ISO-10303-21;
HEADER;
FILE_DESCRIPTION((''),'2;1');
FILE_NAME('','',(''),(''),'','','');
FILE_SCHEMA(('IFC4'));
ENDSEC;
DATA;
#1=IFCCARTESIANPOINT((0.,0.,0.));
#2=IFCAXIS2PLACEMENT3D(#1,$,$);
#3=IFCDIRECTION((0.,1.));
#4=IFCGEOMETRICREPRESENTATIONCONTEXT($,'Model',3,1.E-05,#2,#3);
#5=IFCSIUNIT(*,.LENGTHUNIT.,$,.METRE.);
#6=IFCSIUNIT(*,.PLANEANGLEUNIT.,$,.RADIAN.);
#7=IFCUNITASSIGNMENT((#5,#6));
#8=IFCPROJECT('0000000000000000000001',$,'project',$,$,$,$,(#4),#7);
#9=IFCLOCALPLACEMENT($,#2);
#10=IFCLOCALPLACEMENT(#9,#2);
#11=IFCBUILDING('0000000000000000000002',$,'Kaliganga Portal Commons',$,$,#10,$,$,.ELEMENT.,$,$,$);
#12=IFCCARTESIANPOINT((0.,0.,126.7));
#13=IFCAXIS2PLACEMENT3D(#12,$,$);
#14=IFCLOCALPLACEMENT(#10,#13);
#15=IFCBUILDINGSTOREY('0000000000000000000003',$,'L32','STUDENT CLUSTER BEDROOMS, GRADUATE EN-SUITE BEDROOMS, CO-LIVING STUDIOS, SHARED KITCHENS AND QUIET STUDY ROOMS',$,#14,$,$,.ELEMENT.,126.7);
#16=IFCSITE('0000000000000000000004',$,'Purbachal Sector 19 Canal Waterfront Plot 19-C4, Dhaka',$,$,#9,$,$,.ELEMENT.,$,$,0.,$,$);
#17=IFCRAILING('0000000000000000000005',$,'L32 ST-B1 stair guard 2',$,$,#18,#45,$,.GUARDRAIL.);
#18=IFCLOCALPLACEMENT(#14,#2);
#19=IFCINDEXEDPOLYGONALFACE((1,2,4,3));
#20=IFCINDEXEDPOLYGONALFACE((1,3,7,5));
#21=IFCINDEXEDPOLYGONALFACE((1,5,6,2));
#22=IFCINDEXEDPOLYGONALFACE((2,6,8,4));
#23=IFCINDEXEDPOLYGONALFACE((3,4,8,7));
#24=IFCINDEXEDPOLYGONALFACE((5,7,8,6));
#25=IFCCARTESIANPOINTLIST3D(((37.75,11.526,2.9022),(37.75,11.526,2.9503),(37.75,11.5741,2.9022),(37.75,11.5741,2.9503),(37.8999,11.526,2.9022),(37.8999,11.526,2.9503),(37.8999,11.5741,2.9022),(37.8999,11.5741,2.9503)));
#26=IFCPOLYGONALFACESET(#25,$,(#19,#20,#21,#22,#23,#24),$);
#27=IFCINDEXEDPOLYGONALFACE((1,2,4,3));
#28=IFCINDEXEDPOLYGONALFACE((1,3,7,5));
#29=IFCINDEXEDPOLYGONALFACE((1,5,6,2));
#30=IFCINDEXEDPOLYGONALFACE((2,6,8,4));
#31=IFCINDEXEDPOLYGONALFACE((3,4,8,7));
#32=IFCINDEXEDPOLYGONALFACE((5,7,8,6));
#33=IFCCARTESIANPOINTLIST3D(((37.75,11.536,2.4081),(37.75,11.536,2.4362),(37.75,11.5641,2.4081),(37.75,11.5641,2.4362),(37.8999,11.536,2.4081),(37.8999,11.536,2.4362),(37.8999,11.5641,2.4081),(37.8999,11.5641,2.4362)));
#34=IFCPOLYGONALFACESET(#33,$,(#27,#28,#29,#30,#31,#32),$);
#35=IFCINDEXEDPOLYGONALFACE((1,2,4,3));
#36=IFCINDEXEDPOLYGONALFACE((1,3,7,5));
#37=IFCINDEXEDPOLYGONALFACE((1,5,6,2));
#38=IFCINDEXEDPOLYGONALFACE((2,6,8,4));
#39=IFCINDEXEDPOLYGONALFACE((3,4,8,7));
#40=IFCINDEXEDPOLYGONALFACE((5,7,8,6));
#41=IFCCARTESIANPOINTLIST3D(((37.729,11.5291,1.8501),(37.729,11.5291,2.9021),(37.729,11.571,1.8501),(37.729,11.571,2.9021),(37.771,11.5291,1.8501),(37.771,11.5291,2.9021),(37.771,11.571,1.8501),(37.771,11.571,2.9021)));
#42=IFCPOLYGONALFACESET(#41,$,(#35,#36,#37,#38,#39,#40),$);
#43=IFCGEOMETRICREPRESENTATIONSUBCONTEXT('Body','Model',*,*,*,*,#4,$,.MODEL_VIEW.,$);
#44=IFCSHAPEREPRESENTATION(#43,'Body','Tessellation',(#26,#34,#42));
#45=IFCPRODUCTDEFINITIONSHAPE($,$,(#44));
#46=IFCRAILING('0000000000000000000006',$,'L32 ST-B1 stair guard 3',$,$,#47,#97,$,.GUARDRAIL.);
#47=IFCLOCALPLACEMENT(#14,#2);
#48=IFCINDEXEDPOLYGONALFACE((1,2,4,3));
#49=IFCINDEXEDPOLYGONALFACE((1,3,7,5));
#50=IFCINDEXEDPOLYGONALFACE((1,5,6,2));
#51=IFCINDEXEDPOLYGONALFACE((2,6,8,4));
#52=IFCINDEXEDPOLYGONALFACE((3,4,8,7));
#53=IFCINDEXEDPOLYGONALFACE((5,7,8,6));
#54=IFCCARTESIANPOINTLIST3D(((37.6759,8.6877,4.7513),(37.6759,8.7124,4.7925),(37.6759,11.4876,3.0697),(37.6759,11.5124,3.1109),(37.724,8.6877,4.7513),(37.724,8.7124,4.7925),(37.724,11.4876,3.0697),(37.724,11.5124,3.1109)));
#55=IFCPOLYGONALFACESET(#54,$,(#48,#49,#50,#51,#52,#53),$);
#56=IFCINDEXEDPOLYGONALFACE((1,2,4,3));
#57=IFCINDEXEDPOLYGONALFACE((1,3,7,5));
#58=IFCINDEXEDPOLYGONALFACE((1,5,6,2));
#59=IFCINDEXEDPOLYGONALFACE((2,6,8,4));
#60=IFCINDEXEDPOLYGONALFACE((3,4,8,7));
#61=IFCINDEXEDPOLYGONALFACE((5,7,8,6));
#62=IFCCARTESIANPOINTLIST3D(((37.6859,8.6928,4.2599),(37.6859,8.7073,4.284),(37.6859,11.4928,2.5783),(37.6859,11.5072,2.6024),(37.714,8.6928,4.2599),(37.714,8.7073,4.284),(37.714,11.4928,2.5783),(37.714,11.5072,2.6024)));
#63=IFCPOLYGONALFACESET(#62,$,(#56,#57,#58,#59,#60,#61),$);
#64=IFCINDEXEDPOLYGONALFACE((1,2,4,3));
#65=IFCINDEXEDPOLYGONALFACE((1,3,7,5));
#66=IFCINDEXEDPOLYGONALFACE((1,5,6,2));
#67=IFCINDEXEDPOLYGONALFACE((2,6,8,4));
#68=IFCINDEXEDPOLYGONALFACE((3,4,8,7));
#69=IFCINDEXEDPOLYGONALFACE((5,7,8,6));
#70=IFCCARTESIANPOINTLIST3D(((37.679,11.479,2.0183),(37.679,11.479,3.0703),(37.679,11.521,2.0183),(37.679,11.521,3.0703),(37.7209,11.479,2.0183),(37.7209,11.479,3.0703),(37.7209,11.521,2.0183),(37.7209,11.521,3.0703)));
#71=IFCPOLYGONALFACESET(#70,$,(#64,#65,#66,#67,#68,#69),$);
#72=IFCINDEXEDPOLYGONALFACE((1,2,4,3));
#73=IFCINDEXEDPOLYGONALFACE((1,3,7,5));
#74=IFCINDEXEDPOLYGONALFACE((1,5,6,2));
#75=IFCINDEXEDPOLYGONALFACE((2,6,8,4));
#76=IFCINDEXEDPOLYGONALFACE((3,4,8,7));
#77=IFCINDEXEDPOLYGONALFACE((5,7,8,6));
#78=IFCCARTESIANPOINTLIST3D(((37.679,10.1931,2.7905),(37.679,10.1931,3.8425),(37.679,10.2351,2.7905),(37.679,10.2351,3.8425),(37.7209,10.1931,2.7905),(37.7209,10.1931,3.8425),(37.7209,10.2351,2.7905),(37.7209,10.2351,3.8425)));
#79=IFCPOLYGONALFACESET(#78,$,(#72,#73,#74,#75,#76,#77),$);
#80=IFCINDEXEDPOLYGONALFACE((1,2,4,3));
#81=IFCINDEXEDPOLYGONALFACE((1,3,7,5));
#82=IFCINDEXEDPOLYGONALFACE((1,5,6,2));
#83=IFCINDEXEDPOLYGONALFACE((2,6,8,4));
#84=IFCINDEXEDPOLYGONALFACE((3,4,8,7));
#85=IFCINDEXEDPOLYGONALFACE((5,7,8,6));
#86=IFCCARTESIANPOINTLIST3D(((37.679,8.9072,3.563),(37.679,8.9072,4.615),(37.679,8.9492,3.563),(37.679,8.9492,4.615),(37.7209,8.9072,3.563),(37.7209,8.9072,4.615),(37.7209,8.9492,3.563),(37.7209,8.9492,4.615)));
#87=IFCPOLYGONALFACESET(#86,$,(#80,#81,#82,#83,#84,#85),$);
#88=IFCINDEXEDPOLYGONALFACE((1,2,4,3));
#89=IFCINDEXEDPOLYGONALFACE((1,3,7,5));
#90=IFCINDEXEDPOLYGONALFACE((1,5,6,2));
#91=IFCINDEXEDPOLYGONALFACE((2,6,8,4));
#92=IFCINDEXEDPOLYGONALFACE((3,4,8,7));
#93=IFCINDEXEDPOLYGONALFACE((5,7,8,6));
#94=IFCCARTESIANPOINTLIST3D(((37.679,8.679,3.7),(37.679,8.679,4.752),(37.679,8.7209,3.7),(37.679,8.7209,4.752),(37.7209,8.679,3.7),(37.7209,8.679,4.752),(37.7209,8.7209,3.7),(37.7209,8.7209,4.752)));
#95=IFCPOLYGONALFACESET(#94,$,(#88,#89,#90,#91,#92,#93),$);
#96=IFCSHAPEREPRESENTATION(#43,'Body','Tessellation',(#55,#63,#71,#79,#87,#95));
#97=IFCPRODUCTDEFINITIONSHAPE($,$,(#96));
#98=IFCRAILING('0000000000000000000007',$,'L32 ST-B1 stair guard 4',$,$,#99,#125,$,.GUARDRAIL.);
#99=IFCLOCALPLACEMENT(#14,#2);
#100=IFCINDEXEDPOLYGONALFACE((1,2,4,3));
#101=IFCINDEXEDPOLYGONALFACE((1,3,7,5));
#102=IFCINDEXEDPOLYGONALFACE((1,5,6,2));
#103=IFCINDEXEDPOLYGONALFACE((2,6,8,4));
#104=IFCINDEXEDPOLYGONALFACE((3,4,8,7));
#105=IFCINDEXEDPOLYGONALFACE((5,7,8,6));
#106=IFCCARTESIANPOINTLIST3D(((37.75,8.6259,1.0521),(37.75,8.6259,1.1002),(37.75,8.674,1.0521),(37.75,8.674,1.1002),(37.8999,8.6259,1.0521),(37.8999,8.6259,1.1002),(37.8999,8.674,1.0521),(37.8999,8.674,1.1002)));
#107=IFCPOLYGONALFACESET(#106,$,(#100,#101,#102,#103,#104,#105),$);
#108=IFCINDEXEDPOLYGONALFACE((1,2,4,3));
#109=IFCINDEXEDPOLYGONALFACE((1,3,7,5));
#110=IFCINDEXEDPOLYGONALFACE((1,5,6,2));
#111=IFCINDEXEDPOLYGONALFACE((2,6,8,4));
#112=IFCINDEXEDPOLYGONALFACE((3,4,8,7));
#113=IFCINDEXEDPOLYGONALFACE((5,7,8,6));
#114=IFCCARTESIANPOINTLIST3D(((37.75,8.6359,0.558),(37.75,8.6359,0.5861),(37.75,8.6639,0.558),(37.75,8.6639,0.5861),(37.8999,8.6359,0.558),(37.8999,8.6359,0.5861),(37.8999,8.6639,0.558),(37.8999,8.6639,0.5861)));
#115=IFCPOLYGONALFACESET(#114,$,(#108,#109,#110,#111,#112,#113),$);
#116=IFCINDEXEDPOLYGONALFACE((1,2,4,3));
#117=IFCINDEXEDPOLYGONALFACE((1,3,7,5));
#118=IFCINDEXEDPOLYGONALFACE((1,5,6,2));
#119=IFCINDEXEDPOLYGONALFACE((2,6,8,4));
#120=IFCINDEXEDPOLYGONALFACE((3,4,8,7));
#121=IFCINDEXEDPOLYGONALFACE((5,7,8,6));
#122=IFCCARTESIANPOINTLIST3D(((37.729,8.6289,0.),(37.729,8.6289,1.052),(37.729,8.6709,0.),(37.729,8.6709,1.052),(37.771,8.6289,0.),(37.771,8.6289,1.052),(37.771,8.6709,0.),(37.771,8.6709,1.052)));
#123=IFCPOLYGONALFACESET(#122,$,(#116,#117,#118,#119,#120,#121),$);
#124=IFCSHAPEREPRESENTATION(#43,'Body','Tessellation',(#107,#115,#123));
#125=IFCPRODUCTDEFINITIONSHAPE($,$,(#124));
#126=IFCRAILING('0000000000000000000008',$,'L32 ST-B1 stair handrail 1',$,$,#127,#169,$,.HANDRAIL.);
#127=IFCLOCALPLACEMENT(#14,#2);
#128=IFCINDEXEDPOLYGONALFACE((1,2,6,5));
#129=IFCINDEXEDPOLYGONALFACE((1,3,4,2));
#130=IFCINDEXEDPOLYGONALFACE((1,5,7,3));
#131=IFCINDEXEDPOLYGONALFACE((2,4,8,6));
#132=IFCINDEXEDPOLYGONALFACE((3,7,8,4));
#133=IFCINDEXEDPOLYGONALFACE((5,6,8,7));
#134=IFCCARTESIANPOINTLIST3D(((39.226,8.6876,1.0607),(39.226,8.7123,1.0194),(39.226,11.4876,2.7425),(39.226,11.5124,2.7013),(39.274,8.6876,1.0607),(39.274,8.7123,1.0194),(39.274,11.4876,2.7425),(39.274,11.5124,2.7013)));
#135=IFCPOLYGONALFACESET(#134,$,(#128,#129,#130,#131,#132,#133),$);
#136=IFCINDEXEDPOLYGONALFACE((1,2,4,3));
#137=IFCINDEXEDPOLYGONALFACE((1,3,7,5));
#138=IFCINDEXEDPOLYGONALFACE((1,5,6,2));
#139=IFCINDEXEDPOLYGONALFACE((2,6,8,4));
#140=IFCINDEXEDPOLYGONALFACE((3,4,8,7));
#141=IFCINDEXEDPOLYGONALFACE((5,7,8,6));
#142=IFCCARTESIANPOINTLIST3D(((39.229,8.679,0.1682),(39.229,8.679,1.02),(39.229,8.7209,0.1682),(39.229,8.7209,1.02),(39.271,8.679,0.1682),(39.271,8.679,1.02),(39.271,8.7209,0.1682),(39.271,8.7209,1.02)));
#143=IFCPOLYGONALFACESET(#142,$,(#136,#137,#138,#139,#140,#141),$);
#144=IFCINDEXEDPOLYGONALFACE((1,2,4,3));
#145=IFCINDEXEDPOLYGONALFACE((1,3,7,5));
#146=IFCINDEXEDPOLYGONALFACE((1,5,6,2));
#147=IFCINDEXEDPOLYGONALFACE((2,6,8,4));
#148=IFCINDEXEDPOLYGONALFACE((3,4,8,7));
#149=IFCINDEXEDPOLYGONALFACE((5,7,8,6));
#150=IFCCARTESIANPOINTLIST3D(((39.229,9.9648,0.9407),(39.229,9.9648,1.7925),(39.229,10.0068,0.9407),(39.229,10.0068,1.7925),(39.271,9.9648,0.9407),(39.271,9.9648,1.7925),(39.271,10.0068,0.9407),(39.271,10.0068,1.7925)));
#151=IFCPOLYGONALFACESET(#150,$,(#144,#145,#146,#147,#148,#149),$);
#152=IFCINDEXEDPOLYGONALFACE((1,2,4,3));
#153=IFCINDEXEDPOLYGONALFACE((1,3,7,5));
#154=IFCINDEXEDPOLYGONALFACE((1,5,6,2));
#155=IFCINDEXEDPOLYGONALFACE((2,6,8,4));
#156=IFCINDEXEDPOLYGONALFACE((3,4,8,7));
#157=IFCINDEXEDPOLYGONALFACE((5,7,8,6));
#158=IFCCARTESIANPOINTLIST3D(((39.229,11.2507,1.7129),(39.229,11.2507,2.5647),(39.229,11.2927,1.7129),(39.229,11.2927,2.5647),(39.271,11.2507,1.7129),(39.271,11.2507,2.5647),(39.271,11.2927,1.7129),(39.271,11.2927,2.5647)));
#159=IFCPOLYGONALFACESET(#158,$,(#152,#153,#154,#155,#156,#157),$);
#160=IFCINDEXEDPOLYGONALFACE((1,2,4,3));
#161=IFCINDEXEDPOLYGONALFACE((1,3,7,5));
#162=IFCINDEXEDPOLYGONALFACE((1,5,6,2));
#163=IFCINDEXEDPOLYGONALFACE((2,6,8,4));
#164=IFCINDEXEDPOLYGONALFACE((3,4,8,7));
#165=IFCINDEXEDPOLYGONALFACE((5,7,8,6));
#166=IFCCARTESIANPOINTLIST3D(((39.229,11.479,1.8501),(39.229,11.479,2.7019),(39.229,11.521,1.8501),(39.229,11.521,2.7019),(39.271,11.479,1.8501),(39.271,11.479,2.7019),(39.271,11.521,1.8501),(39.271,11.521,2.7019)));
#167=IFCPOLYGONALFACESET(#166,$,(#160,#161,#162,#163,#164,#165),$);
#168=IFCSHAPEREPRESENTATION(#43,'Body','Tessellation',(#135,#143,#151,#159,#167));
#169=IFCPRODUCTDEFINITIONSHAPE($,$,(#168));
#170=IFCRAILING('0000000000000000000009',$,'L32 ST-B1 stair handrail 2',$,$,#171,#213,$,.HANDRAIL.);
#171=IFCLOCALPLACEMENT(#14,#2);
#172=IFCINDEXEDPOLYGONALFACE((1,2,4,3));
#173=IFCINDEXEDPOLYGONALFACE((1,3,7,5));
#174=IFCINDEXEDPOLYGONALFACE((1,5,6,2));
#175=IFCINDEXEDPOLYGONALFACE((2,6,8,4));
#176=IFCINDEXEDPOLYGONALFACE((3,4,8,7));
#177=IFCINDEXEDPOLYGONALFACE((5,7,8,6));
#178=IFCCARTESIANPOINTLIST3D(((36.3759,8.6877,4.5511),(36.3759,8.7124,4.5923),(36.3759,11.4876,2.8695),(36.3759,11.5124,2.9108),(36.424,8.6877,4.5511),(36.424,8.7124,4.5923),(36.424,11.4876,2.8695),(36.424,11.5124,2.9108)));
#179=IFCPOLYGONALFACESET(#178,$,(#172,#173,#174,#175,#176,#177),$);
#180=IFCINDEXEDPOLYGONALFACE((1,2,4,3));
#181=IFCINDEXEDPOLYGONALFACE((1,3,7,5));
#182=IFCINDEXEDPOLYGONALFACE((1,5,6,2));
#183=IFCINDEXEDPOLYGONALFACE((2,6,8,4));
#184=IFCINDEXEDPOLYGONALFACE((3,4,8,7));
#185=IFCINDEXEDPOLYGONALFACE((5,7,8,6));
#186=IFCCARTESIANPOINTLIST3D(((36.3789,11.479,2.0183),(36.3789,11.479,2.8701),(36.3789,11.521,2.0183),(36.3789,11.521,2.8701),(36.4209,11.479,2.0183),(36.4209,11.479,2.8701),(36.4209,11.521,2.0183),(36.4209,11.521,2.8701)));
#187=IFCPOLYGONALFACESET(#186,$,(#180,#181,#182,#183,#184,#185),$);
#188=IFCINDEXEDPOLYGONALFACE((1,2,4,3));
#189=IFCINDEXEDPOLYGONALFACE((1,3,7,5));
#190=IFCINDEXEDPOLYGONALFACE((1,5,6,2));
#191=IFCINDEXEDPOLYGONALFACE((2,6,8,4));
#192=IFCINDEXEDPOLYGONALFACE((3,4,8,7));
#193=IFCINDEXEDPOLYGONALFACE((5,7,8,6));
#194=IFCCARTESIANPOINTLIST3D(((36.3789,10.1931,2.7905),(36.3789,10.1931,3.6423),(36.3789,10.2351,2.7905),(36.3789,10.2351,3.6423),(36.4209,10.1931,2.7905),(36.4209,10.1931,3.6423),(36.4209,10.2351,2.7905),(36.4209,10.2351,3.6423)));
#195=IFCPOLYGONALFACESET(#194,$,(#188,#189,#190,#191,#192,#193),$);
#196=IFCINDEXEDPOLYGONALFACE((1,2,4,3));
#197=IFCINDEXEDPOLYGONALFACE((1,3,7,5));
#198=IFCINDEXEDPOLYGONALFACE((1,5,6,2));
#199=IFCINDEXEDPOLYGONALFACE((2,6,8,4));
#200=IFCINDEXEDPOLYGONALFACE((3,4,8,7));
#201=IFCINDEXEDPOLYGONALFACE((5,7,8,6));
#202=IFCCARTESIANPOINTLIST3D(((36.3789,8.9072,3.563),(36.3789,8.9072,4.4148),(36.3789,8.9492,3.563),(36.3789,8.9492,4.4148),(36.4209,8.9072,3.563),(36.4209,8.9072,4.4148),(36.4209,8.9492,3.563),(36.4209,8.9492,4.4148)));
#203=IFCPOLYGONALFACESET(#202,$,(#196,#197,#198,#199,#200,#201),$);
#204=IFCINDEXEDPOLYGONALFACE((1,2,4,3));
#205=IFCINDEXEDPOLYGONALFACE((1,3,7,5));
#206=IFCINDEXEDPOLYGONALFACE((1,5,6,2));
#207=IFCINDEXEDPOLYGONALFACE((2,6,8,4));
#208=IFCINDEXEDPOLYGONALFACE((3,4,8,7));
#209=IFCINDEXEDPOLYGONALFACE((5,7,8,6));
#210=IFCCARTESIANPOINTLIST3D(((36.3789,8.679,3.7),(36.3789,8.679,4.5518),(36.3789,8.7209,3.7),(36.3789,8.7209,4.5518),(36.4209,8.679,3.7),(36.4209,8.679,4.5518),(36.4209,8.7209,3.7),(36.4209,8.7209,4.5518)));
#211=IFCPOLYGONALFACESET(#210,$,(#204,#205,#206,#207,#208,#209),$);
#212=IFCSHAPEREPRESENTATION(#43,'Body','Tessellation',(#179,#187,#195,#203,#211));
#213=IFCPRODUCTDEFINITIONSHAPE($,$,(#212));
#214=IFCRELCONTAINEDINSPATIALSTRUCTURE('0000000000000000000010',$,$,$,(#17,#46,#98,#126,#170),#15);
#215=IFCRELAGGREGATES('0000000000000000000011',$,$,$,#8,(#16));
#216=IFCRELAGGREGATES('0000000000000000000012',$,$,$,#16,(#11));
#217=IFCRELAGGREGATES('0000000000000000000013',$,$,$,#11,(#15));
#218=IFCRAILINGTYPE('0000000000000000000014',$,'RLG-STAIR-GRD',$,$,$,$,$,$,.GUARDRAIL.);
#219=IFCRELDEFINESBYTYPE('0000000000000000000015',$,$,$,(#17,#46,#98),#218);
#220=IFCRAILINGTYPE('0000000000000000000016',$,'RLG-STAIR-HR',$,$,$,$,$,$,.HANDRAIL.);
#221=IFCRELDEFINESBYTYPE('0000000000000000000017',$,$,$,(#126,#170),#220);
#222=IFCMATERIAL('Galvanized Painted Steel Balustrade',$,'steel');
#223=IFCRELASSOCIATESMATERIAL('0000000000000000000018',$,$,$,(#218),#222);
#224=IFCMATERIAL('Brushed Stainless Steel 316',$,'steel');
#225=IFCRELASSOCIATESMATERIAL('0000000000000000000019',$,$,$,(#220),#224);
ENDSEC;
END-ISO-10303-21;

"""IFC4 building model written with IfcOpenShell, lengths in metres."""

from ifc_helpers import new_model, si_unit, direction, frame, origin, origin_2d, place, context, subcontext, project, spatial, rectangle, extrude, material, type_object, element, save


model = new_model("IFC4")

# Units and contexts
model_context = context("Model", 3, precision=1e-05, world=origin(), true_north=direction((0.0, 1.0)))
body_context = subcontext(model_context, "Body", "Model", "MODEL_VIEW")
ifc_project = project(units=[si_unit("LENGTHUNIT", "METRE"), si_unit("PLANEANGLEUNIT", "RADIAN")], contexts=[model_context])

# Site, building, storey
site_placement = place(None, origin())
site = spatial("IfcSite", under=ifc_project, at=site_placement, Name="Purbachal Sector 19 Canal Waterfront Plot 19-C4, Dhaka", CompositionType="ELEMENT", RefElevation=0.0)
building_placement = place(site_placement, origin())
building = spatial("IfcBuilding", under=site, at=building_placement, Name="Kaliganga Portal Commons", CompositionType="ELEMENT")
storey_placement = place(building_placement, frame((0.0, 0.0, 126.7)))
storey = spatial("IfcBuildingStorey", under=building, at=storey_placement, Name="L32", Description="STUDENT CLUSTER BEDROOMS, GRADUATE EN-SUITE BEDROOMS, CO-LIVING STUDIOS, SHARED KITCHENS AND QUIET STUDY ROOMS", CompositionType="ELEMENT", Elevation=126.7)

# Railings
ifc_material_1 = material(Name="Galvanized Painted Steel Balustrade", Category="steel")
railing_type_1 = type_object("IfcRailingType", Name="RLG-STAIR-GRD", PredefinedType="GUARDRAIL", material=ifc_material_1)
railing_1_placement = place(storey_placement, frame((37.8999, 11.55, 1.8501)))
element("IfcRailing", 1, at=railing_1_placement, inside=storey, type_object=railing_type_1, Name="L32 ST-B1 stair guard 2", PredefinedType="GUARDRAIL", context=body_context, shape_type="SweptSolid", body=[
    extrude(rectangle(XDim=0.0481, YDim=0.0481, at=origin_2d()), frame((0.0, 0.0, 1.0762), z_axis=(-1.0, 0.0, 0.0), x_axis=(0.0, -1.0, 0.0)), (0.0, 0.0, 1.0), 0.1499),
    extrude(rectangle(XDim=0.0281, YDim=0.0281, at=origin_2d()), frame((0.0, 0.0, 0.572), z_axis=(-1.0, 0.0, 0.0), x_axis=(0.0, -1.0, 0.0)), (0.0, 0.0, 1.0), 0.1499),
    extrude(rectangle(XDim=0.042, YDim=0.042, at=origin_2d()), frame((-0.1499, 0.0, 0.0)), (0.0, 0.0, 1.0), 1.052),
])
railing_2_placement = place(storey_placement, frame((37.7, 11.5, 2.0183)))
element("IfcRailing", 2, at=railing_2_placement, inside=storey, type_object=railing_type_1, Name="L32 ST-B1 stair guard 3", PredefinedType="GUARDRAIL", context=body_context, shape_type="SweptSolid", body=[
    extrude(rectangle(XDim=0.0481, YDim=0.0481, at=origin_2d()), frame((0.0, 0.0, 1.072), z_axis=(0.0, -0.857275, 0.514858), x_axis=(1.0, 0.0, 0.0)), (0.0, 0.0, 1.0), 3.2661),
    extrude(rectangle(XDim=0.0281, YDim=0.0281, at=origin_2d()), frame((0.0, 0.0, 0.572), z_axis=(0.0, -0.857275, 0.514858), x_axis=(1.0, 0.0, 0.0)), (0.0, 0.0, 1.0), 3.2661),
    extrude(rectangle(XDim=0.042, YDim=0.042, at=origin_2d()), origin(), (0.0, 0.0, 1.0), 1.052),
    extrude(rectangle(XDim=0.042, YDim=0.042, at=origin_2d()), frame((0.0, -1.2859, 0.7722)), (0.0, 0.0, 1.0), 1.052),
    extrude(rectangle(XDim=0.042, YDim=0.042, at=origin_2d()), frame((0.0, -2.5718, 1.5447)), (0.0, 0.0, 1.0), 1.052),
    extrude(rectangle(XDim=0.042, YDim=0.042, at=origin_2d()), frame((0.0, -2.8, 1.6816)), (0.0, 0.0, 1.0), 1.052),
])
railing_3_placement = place(storey_placement, frame((37.8999, 8.6499, 0.0)))
element("IfcRailing", 3, at=railing_3_placement, inside=storey, type_object=railing_type_1, Name="L32 ST-B1 stair guard 4", PredefinedType="GUARDRAIL", context=body_context, shape_type="SweptSolid", body=[
    extrude(rectangle(XDim=0.0481, YDim=0.0481, at=origin_2d()), frame((0.0, 0.0, 1.0762), z_axis=(-1.0, 0.0, 0.0), x_axis=(0.0, -1.0, 0.0)), (0.0, 0.0, 1.0), 0.1499),
    extrude(rectangle(XDim=0.0281, YDim=0.0281, at=origin_2d()), frame((0.0, 0.0, 0.572), z_axis=(-1.0, 0.0, 0.0), x_axis=(0.0, -1.0, 0.0)), (0.0, 0.0, 1.0), 0.1499),
    extrude(rectangle(XDim=0.042, YDim=0.042, at=origin_2d()), frame((-0.1499, 0.0, 0.0)), (0.0, 0.0, 1.0), 1.052),
])
ifc_material_2 = material(Name="Brushed Stainless Steel 316", Category="steel")
railing_type_2 = type_object("IfcRailingType", Name="RLG-STAIR-HR", PredefinedType="HANDRAIL", material=ifc_material_2)
railing_4_placement = place(storey_placement, frame((39.25, 8.7, 0.1682)))
element("IfcRailing", 4, at=railing_4_placement, inside=storey, type_object=railing_type_2, Name="L32 ST-B1 stair handrail 1", PredefinedType="HANDRAIL", context=body_context, shape_type="SweptSolid", body=[
    extrude(rectangle(XDim=0.0481, YDim=0.0481, at=origin_2d()), frame((0.0, 0.0, 0.8718), z_axis=(0.0, 0.857242, 0.514913), x_axis=(-1.0, 0.0, 0.0)), (0.0, 0.0, 1.0), 3.2664),
    extrude(rectangle(XDim=0.042, YDim=0.042, at=origin_2d()), origin(), (0.0, 0.0, 1.0), 0.8518),
    extrude(rectangle(XDim=0.042, YDim=0.042, at=origin_2d()), frame((0.0, 1.2859, 0.7725)), (0.0, 0.0, 1.0), 0.8518),
    extrude(rectangle(XDim=0.042, YDim=0.042, at=origin_2d()), frame((0.0, 2.5718, 1.5447)), (0.0, 0.0, 1.0), 0.8518),
    extrude(rectangle(XDim=0.042, YDim=0.042, at=origin_2d()), frame((0.0, 2.8, 1.6819)), (0.0, 0.0, 1.0), 0.8518),
])
railing_5_placement = place(storey_placement, frame((36.3999, 11.5, 2.0183)))
element("IfcRailing", 5, at=railing_5_placement, inside=storey, type_object=railing_type_2, Name="L32 ST-B1 stair handrail 2", PredefinedType="HANDRAIL", context=body_context, shape_type="SweptSolid", body=[
    extrude(rectangle(XDim=0.0481, YDim=0.0481, at=origin_2d()), frame((0.0, 0.0, 0.8718), z_axis=(0.0, -0.857275, 0.514858), x_axis=(1.0, 0.0, 0.0)), (0.0, 0.0, 1.0), 3.2661),
    extrude(rectangle(XDim=0.042, YDim=0.042, at=origin_2d()), origin(), (0.0, 0.0, 1.0), 0.8518),
    extrude(rectangle(XDim=0.042, YDim=0.042, at=origin_2d()), frame((0.0, -1.2859, 0.7722)), (0.0, 0.0, 1.0), 0.8518),
    extrude(rectangle(XDim=0.042, YDim=0.042, at=origin_2d()), frame((0.0, -2.5718, 1.5447)), (0.0, 0.0, 1.0), 0.8518),
    extrude(rectangle(XDim=0.042, YDim=0.042, at=origin_2d()), frame((0.0, -2.8, 1.6816)), (0.0, 0.0, 1.0), 0.8518),
])

save(model, "model.ifc")
